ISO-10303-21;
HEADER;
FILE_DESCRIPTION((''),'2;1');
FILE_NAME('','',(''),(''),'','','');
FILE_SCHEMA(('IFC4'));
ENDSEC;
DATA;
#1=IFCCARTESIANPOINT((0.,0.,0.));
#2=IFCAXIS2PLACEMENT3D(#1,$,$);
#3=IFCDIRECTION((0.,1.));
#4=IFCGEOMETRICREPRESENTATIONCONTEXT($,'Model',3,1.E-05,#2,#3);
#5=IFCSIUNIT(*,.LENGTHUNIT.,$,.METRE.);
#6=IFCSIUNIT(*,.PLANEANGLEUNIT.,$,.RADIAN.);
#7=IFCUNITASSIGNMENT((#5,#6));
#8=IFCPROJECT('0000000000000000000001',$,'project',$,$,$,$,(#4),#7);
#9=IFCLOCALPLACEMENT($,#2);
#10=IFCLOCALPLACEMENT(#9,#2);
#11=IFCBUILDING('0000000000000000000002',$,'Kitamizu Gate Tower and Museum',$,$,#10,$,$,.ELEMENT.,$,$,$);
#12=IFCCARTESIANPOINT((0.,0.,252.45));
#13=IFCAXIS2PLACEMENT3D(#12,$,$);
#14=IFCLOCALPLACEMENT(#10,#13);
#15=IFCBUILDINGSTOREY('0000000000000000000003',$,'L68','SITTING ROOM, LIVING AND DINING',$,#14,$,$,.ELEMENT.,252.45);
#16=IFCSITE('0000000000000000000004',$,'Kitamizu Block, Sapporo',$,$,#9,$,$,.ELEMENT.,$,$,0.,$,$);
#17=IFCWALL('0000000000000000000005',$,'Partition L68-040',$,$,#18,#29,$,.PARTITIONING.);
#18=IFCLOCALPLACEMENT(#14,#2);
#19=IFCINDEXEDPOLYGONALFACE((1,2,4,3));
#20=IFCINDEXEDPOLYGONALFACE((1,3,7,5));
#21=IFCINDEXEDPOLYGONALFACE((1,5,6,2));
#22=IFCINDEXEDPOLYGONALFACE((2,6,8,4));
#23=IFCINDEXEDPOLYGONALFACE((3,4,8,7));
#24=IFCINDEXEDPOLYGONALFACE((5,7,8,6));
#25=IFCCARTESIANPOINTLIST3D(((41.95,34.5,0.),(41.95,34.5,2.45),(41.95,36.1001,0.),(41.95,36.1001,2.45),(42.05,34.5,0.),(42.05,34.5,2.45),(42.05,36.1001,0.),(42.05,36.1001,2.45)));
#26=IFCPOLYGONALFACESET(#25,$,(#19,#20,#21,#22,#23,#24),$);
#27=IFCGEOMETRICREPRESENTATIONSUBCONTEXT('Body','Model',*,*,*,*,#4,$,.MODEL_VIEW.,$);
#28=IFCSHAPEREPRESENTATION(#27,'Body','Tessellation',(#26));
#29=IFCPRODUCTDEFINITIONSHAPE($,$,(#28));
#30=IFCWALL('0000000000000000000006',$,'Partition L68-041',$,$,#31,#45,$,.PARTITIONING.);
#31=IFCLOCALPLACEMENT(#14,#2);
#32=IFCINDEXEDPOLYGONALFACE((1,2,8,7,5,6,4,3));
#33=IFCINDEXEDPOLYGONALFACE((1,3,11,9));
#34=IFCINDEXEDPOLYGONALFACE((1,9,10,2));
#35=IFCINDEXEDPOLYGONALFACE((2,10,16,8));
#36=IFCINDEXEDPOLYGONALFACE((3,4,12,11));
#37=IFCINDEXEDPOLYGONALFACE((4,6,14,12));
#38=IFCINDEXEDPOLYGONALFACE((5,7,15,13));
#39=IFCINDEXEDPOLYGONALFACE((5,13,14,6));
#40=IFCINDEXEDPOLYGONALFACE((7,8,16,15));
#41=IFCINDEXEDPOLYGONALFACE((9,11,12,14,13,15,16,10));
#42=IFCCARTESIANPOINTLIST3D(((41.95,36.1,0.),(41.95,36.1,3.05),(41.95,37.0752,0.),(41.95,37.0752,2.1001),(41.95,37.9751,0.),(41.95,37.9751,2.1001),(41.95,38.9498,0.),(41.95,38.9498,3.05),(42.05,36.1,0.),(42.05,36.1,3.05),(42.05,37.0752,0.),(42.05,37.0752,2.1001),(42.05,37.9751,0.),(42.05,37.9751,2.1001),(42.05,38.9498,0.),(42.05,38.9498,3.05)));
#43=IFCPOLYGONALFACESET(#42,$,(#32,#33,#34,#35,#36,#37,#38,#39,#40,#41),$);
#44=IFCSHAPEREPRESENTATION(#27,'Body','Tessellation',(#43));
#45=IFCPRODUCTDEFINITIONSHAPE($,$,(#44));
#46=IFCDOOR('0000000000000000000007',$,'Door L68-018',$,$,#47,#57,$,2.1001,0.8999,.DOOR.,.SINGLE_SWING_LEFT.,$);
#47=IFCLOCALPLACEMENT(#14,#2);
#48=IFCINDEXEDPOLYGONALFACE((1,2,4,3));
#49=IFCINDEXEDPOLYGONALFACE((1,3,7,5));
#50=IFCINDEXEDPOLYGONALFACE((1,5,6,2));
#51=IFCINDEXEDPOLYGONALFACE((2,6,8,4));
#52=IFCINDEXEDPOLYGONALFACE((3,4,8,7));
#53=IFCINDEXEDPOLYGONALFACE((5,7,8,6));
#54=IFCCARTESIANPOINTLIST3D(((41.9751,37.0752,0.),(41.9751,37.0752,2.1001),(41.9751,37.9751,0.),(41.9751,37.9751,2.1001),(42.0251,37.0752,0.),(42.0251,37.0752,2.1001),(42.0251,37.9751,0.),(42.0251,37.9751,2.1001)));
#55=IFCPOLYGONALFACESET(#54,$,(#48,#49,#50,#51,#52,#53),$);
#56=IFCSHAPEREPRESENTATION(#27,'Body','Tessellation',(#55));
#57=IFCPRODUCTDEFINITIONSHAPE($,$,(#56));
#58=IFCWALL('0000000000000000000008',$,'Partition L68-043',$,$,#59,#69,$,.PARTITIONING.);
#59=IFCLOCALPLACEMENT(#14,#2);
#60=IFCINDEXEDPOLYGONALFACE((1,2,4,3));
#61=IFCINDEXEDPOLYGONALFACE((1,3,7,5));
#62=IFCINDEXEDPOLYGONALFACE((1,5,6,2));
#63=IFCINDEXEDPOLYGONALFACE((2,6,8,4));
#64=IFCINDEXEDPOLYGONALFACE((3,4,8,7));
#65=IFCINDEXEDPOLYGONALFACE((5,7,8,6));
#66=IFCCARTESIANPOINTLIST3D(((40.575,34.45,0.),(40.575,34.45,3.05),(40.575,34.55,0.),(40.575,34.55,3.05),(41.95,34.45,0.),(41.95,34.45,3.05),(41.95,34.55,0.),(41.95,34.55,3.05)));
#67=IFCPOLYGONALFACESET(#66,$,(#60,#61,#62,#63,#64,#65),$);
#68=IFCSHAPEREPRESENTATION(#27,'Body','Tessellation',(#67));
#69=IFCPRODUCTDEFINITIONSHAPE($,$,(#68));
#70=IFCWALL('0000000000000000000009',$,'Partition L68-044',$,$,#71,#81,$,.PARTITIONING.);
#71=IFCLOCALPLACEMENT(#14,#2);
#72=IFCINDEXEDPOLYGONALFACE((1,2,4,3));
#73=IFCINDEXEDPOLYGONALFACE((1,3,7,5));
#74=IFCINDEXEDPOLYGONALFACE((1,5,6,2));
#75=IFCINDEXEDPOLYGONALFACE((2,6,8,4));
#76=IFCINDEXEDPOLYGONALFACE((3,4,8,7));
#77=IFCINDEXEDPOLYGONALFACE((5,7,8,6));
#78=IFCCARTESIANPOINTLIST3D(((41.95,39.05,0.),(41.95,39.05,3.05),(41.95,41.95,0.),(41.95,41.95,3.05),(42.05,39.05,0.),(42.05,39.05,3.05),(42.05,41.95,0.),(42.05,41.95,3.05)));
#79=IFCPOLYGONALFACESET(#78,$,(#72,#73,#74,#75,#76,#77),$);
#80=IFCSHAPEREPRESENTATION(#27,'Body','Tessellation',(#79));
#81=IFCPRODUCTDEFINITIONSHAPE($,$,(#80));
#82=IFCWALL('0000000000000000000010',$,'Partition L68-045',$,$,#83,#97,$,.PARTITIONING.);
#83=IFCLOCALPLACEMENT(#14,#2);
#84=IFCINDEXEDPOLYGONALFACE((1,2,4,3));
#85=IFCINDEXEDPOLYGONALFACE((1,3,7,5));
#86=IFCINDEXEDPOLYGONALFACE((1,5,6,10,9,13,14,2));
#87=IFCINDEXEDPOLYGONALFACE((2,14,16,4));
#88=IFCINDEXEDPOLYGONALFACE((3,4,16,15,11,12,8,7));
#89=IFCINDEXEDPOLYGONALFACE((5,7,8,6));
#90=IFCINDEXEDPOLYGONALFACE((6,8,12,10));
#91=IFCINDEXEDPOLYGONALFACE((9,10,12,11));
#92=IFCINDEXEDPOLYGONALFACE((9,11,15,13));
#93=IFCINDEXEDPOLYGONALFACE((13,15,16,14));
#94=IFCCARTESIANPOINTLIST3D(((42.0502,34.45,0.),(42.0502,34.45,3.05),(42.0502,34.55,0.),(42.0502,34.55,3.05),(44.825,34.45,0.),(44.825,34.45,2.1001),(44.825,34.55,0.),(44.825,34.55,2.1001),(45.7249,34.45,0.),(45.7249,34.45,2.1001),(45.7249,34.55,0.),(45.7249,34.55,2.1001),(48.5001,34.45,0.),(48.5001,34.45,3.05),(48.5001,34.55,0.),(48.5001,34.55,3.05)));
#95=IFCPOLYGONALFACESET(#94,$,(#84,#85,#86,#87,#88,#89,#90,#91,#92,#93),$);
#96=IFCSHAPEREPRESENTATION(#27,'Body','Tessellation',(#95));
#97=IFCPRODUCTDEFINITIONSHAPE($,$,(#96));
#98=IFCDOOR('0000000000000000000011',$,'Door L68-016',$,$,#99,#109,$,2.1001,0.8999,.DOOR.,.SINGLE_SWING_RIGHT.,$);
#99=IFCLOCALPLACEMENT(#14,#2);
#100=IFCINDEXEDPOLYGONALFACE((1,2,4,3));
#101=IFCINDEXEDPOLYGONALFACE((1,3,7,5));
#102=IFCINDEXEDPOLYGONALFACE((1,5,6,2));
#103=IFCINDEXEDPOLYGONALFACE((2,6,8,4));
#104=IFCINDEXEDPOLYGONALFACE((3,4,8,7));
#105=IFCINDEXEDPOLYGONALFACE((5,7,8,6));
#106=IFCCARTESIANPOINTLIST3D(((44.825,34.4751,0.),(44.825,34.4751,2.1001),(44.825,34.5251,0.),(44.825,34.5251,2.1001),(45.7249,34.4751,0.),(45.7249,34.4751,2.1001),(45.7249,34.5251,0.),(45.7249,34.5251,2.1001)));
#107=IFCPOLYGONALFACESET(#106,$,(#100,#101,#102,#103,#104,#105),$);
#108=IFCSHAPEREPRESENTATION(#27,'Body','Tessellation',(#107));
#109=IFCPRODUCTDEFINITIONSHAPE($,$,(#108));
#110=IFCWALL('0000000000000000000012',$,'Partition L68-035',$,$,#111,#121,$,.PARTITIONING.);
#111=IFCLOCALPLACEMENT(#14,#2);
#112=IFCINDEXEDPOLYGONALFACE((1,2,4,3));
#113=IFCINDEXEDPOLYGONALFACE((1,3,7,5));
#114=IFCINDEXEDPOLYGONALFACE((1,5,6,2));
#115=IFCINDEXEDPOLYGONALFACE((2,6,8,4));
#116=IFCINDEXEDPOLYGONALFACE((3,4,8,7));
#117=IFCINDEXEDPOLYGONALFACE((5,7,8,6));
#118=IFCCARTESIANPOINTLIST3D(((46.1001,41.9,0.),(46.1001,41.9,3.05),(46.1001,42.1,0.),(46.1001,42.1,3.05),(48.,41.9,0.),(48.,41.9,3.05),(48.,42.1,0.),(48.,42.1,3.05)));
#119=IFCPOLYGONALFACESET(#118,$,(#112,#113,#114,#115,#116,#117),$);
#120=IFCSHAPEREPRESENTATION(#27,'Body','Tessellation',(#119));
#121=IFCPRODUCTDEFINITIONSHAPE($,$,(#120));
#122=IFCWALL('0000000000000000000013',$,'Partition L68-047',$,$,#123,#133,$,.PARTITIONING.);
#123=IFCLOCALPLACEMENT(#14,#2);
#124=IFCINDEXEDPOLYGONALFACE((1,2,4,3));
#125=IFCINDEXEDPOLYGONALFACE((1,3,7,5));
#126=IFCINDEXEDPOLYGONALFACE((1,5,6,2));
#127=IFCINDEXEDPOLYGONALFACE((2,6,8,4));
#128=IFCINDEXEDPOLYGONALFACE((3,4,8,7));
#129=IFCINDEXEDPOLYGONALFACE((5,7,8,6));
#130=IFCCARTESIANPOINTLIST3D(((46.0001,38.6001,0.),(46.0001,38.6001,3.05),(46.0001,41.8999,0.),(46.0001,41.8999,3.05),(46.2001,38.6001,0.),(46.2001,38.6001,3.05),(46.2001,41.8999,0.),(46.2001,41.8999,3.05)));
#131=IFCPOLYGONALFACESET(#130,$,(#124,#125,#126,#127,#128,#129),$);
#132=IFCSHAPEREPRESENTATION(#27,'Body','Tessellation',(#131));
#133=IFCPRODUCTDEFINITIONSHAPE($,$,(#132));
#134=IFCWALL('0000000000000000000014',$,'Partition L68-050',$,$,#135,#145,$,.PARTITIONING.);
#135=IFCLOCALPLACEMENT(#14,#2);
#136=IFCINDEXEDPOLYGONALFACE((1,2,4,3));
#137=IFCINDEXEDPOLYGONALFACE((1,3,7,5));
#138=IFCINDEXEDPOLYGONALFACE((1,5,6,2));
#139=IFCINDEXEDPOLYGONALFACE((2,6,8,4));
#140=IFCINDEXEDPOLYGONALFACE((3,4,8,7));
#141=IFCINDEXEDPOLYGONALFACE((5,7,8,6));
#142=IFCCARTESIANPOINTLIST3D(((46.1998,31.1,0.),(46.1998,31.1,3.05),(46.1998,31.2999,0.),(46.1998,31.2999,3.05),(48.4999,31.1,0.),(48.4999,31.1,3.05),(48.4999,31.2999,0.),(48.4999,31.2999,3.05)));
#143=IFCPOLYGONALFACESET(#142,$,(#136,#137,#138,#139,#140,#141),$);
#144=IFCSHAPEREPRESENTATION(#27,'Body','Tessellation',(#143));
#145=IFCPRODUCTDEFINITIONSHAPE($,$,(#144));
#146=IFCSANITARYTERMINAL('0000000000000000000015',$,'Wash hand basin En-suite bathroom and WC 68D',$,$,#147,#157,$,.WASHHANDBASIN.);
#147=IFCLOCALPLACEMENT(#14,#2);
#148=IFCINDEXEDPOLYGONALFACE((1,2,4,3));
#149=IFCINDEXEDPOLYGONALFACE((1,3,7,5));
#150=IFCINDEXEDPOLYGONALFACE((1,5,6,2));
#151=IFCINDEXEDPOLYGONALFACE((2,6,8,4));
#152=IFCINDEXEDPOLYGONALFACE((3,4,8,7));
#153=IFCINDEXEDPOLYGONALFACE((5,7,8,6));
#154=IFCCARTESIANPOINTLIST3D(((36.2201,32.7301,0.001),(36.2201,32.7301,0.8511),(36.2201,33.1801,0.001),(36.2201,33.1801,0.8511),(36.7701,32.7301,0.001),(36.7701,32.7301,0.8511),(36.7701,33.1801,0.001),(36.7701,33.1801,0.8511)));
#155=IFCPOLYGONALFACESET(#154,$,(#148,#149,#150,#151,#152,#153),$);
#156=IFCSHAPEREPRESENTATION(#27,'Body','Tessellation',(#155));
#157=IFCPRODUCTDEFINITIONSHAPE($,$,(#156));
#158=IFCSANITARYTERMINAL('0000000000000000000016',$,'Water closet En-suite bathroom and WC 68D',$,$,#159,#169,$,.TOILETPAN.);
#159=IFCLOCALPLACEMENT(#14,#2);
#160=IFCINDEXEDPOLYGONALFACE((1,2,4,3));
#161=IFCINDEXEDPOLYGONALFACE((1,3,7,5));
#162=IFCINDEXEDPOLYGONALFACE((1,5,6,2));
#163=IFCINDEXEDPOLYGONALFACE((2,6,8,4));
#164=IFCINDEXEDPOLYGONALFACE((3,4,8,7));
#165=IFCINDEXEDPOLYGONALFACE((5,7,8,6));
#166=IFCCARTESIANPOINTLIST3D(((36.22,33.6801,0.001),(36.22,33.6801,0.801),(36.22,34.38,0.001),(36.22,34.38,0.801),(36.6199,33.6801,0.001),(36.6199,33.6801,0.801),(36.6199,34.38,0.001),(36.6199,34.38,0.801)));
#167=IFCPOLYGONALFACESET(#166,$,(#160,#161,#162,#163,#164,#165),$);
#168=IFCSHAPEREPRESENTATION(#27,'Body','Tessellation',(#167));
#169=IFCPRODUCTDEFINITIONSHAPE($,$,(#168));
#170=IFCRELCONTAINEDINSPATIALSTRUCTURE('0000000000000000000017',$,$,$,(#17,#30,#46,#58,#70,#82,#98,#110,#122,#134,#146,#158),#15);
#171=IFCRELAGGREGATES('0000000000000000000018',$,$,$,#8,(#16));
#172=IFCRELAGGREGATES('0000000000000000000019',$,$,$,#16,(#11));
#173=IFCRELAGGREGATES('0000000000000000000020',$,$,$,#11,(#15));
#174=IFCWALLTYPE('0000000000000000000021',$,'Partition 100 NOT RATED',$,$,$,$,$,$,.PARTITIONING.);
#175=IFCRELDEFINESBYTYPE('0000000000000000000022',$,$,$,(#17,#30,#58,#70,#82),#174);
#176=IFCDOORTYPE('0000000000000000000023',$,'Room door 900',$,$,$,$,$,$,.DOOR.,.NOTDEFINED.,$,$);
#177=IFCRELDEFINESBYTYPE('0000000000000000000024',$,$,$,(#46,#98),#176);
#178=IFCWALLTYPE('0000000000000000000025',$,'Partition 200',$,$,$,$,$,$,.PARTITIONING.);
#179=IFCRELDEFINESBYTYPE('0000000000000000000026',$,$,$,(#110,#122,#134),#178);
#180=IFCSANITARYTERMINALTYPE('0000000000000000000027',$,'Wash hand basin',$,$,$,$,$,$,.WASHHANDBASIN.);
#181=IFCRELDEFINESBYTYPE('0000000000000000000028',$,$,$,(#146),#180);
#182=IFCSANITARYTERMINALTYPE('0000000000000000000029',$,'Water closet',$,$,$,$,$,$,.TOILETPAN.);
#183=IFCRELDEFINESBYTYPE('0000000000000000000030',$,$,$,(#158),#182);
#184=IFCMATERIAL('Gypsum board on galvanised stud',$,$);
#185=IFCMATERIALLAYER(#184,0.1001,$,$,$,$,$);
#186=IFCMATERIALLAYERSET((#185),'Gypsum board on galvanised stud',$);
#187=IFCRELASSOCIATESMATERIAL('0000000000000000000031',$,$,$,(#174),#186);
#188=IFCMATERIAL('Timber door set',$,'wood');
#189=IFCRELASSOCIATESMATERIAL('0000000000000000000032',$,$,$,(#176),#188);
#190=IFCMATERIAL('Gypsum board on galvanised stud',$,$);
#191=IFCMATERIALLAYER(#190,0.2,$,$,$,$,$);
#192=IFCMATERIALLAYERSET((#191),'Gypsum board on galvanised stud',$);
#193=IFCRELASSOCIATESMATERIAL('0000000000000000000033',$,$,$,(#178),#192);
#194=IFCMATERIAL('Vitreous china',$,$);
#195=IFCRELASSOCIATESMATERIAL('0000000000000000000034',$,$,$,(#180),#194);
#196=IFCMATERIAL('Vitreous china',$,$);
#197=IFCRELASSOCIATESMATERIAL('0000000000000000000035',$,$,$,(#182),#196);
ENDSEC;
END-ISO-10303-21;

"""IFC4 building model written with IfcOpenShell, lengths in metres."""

from ifc_helpers import new_model, si_unit, direction, frame, frame_2d, origin, origin_2d, place, context, subcontext, project, spatial, rectangle, extrude, material, layer, layer_set, type_object, element, fill, save


model = new_model("IFC4")

# Units and contexts
model_context = context("Model", 3, precision=1e-05, world=origin(), true_north=direction((0.0, 1.0)))
body_context = subcontext(model_context, "Body", "Model", "MODEL_VIEW")
ifc_project = project(units=[si_unit("LENGTHUNIT", "METRE"), si_unit("PLANEANGLEUNIT", "RADIAN")], contexts=[model_context])

# Site, building, storey
site_placement = place(None, origin())
site = spatial("IfcSite", under=ifc_project, at=site_placement, Name="Kitamizu Block, Sapporo", CompositionType="ELEMENT", RefElevation=0.0)
building_placement = place(site_placement, origin())
building = spatial("IfcBuilding", under=site, at=building_placement, Name="Kitamizu Gate Tower and Museum", CompositionType="ELEMENT")
storey_placement = place(building_placement, frame((0.0, 0.0, 252.45)))
storey = spatial("IfcBuildingStorey", under=building, at=storey_placement, Name="L68", Description="SITTING ROOM, LIVING AND DINING", CompositionType="ELEMENT", Elevation=252.45)

# Shared definitions
ifc_material_1 = material(Name="Gypsum board on galvanised stud")
ifc_layer_1 = layer(ifc_material_1, 0.1001)
ifc_layer_set_1 = layer_set([ifc_layer_1], Name="Gypsum board on galvanised stud")
wall_type_1 = type_object("IfcWallType", Name="Partition 100 NOT RATED", PredefinedType="PARTITIONING", material=ifc_layer_set_1)
ifc_material_2 = material(Name="Timber door set", Category="wood")
door_type = type_object("IfcDoorType", Name="Room door 900", OperationType="NOTDEFINED", PredefinedType="DOOR", material=ifc_material_2)

# Wall
wall_1_placement = place(storey_placement, frame((42.0, 34.5, 0.0), z_axis=(0.0, 0.0, 1.0), x_axis=(0.0, 1.0, 0.0)))
element("IfcWall", 1, at=wall_1_placement, inside=storey, type_object=wall_type_1, Name="Partition L68-040", PredefinedType="PARTITIONING", context=body_context, shape_type="SweptSolid", body=[
    extrude(rectangle(XDim=1.6001, YDim=0.1001, at=frame_2d((0.8, 0.0))), origin(), (0.0, 0.0, 1.0), 2.45),
])

# Wall, opening, door
wall_2_placement = place(storey_placement, frame((42.0, 36.1001, 0.0), z_axis=(0.0, 0.0, 1.0), x_axis=(0.0, 1.0, 0.0)))
wall_2 = element("IfcWall", 2, at=wall_2_placement, inside=storey, type_object=wall_type_1, Name="Partition L68-041", PredefinedType="PARTITIONING", context=body_context, shape_type="SweptSolid", body=[
    extrude(rectangle(XDim=2.8499, YDim=0.1001, at=frame_2d((1.4248, 0.0))), origin(), (0.0, 0.0, 1.0), 3.05),
])
opening_1_placement = place(wall_2_placement, frame((0.9751, 0.0, 0.0)))
opening_1 = element("IfcOpeningElement", 3, at=opening_1_placement, cuts=wall_2, PredefinedType="OPENING", context=body_context, shape_type="SweptSolid", body=[
    extrude(rectangle(XDim=0.8999, YDim=2.1001, at=frame_2d((0.45, 1.05))), frame((0.0, 0.0601, 0.0), z_axis=(0.0, -1.0, 0.0), x_axis=(1.0, 0.0, 0.0)), (0.0, 0.0, 1.0), 0.1201),
])
door_1_placement = place(opening_1_placement, origin())
door_1 = element("IfcDoor", 4, at=door_1_placement, inside=storey, type_object=door_type, Name="Door L68-018", OperationType="SINGLE_SWING_LEFT", OverallHeight=2.1001, OverallWidth=0.8999, PredefinedType="DOOR", context=body_context, shape_type="SweptSolid", body=[
    extrude(rectangle(XDim=0.8999, YDim=2.1001, at=frame_2d((0.45, 1.05))), frame((0.0, 0.0249, 0.0), z_axis=(0.0, -1.0, 0.0), x_axis=(1.0, 0.0, 0.0)), (0.0, 0.0, 1.0), 0.05),
])
fill(opening_1, door_1)

# Walls
wall_3_placement = place(storey_placement, frame((40.575, 34.5, 0.0), z_axis=(0.0, 0.0, 1.0), x_axis=(1.0, 0.0, 0.0)))
element("IfcWall", 5, at=wall_3_placement, inside=storey, type_object=wall_type_1, Name="Partition L68-043", PredefinedType="PARTITIONING", context=body_context, shape_type="SweptSolid", body=[
    extrude(rectangle(XDim=1.375, YDim=0.1001, at=frame_2d((0.6875, 0.0))), origin(), (0.0, 0.0, 1.0), 3.05),
])
wall_4_placement = place(storey_placement, frame((42.0, 39.05, 0.0), z_axis=(0.0, 0.0, 1.0), x_axis=(0.0, 1.0, 0.0)))
element("IfcWall", 6, at=wall_4_placement, inside=storey, type_object=wall_type_1, Name="Partition L68-044", PredefinedType="PARTITIONING", context=body_context, shape_type="SweptSolid", body=[
    extrude(rectangle(XDim=2.8999, YDim=0.1001, at=frame_2d((1.45, 0.0))), origin(), (0.0, 0.0, 1.0), 3.05),
])

# Wall, opening, door
wall_5_placement = place(storey_placement, frame((42.05, 34.5, 0.0), z_axis=(0.0, 0.0, 1.0), x_axis=(1.0, 0.0, 0.0)))
wall_5 = element("IfcWall", 7, at=wall_5_placement, inside=storey, type_object=wall_type_1, Name="Partition L68-045", PredefinedType="PARTITIONING", context=body_context, shape_type="SweptSolid", body=[
    extrude(rectangle(XDim=6.45, YDim=0.1001, at=frame_2d((3.2251, 0.0))), origin(), (0.0, 0.0, 1.0), 3.05),
])
opening_2_placement = place(wall_5_placement, frame((2.7749, 0.0, 0.0)))
opening_2 = element("IfcOpeningElement", 8, at=opening_2_placement, cuts=wall_5, PredefinedType="OPENING", context=body_context, shape_type="SweptSolid", body=[
    extrude(rectangle(XDim=0.8999, YDim=2.1001, at=frame_2d((0.45, 1.05))), frame((0.0, 0.0601, 0.0), z_axis=(0.0, -1.0, 0.0), x_axis=(1.0, 0.0, 0.0)), (0.0, 0.0, 1.0), 0.1201),
])
door_2_placement = place(opening_2_placement, frame((0.8999, 0.0, 0.0), x_axis=(-1.0, 0.0, 0.0)))
door_2 = element("IfcDoor", 9, at=door_2_placement, inside=storey, type_object=door_type, Name="Door L68-016", OperationType="SINGLE_SWING_RIGHT", OverallHeight=2.1001, OverallWidth=0.8999, PredefinedType="DOOR", context=body_context, shape_type="SweptSolid", body=[
    extrude(rectangle(XDim=0.8999, YDim=2.1001, at=frame_2d((0.45, 1.05))), frame((0.0, 0.0249, 0.0), z_axis=(0.0, -1.0, 0.0), x_axis=(1.0, 0.0, 0.0)), (0.0, 0.0, 1.0), 0.05),
])
fill(opening_2, door_2)

# Walls
ifc_material_3 = material(Name="Gypsum board on galvanised stud")
ifc_layer_2 = layer(ifc_material_3, 0.2)
ifc_layer_set_2 = layer_set([ifc_layer_2], Name="Gypsum board on galvanised stud")
wall_type_2 = type_object("IfcWallType", Name="Partition 200", PredefinedType="PARTITIONING", material=ifc_layer_set_2)
wall_6_placement = place(storey_placement, frame((46.1001, 42.0, 0.0), z_axis=(0.0, 0.0, 1.0), x_axis=(1.0, 0.0, 0.0)))
element("IfcWall", 10, at=wall_6_placement, inside=storey, type_object=wall_type_2, Name="Partition L68-035", PredefinedType="PARTITIONING", context=body_context, shape_type="SweptSolid", body=[
    extrude(rectangle(XDim=1.8999, YDim=0.2, at=frame_2d((0.95, 0.0))), origin(), (0.0, 0.0, 1.0), 3.05),
])
wall_7_placement = place(storey_placement, frame((46.1001, 38.6001, 0.0), z_axis=(0.0, 0.0, 1.0), x_axis=(0.0, 1.0, 0.0)))
element("IfcWall", 11, at=wall_7_placement, inside=storey, type_object=wall_type_2, Name="Partition L68-047", PredefinedType="PARTITIONING", context=body_context, shape_type="SweptSolid", body=[
    extrude(rectangle(XDim=3.2998, YDim=0.2, at=frame_2d((1.6499, 0.0))), origin(), (0.0, 0.0, 1.0), 3.05),
])
wall_8_placement = place(storey_placement, frame((46.2, 31.2, 0.0), z_axis=(0.0, 0.0, 1.0), x_axis=(1.0, 0.0, 0.0)))
element("IfcWall", 12, at=wall_8_placement, inside=storey, type_object=wall_type_2, Name="Partition L68-050", PredefinedType="PARTITIONING", context=body_context, shape_type="SweptSolid", body=[
    extrude(rectangle(XDim=2.3, YDim=0.2, at=frame_2d((1.1499, 0.0))), origin(), (0.0, 0.0, 1.0), 3.05),
])

# Sanitary terminals
ifc_material_4 = material(Name="Vitreous china")
sanitary_terminal_type_1 = type_object("IfcSanitaryTerminalType", Name="Wash hand basin", PredefinedType="WASHHANDBASIN", material=ifc_material_4)
sanitary_terminal_1_placement = place(storey_placement, frame((36.4951, 32.9551, 0.001), z_axis=(0.0, 0.0, 1.0), x_axis=(1.0, 0.0, 0.0)))
element("IfcSanitaryTerminal", 13, at=sanitary_terminal_1_placement, inside=storey, type_object=sanitary_terminal_type_1, Name="Wash hand basin En-suite bathroom and WC 68D", PredefinedType="WASHHANDBASIN", context=body_context, shape_type="SweptSolid", body=[
    extrude(rectangle(XDim=0.55, YDim=0.45, at=origin_2d()), origin(), (0.0, 0.0, 1.0), 0.8501),
])
ifc_material_5 = material(Name="Vitreous china")
sanitary_terminal_type_2 = type_object("IfcSanitaryTerminalType", Name="Water closet", PredefinedType="TOILETPAN", material=ifc_material_5)
sanitary_terminal_2_placement = place(storey_placement, frame((36.4199, 34.03, 0.001), z_axis=(0.0, 0.0, 1.0), x_axis=(1.0, 0.0, 0.0)))
element("IfcSanitaryTerminal", 14, at=sanitary_terminal_2_placement, inside=storey, type_object=sanitary_terminal_type_2, Name="Water closet En-suite bathroom and WC 68D", PredefinedType="TOILETPAN", context=body_context, shape_type="SweptSolid", body=[
    extrude(rectangle(XDim=0.3999, YDim=0.7, at=origin_2d()), origin(), (0.0, 0.0, 1.0), 0.8),
])

save(model, "model.ifc")
